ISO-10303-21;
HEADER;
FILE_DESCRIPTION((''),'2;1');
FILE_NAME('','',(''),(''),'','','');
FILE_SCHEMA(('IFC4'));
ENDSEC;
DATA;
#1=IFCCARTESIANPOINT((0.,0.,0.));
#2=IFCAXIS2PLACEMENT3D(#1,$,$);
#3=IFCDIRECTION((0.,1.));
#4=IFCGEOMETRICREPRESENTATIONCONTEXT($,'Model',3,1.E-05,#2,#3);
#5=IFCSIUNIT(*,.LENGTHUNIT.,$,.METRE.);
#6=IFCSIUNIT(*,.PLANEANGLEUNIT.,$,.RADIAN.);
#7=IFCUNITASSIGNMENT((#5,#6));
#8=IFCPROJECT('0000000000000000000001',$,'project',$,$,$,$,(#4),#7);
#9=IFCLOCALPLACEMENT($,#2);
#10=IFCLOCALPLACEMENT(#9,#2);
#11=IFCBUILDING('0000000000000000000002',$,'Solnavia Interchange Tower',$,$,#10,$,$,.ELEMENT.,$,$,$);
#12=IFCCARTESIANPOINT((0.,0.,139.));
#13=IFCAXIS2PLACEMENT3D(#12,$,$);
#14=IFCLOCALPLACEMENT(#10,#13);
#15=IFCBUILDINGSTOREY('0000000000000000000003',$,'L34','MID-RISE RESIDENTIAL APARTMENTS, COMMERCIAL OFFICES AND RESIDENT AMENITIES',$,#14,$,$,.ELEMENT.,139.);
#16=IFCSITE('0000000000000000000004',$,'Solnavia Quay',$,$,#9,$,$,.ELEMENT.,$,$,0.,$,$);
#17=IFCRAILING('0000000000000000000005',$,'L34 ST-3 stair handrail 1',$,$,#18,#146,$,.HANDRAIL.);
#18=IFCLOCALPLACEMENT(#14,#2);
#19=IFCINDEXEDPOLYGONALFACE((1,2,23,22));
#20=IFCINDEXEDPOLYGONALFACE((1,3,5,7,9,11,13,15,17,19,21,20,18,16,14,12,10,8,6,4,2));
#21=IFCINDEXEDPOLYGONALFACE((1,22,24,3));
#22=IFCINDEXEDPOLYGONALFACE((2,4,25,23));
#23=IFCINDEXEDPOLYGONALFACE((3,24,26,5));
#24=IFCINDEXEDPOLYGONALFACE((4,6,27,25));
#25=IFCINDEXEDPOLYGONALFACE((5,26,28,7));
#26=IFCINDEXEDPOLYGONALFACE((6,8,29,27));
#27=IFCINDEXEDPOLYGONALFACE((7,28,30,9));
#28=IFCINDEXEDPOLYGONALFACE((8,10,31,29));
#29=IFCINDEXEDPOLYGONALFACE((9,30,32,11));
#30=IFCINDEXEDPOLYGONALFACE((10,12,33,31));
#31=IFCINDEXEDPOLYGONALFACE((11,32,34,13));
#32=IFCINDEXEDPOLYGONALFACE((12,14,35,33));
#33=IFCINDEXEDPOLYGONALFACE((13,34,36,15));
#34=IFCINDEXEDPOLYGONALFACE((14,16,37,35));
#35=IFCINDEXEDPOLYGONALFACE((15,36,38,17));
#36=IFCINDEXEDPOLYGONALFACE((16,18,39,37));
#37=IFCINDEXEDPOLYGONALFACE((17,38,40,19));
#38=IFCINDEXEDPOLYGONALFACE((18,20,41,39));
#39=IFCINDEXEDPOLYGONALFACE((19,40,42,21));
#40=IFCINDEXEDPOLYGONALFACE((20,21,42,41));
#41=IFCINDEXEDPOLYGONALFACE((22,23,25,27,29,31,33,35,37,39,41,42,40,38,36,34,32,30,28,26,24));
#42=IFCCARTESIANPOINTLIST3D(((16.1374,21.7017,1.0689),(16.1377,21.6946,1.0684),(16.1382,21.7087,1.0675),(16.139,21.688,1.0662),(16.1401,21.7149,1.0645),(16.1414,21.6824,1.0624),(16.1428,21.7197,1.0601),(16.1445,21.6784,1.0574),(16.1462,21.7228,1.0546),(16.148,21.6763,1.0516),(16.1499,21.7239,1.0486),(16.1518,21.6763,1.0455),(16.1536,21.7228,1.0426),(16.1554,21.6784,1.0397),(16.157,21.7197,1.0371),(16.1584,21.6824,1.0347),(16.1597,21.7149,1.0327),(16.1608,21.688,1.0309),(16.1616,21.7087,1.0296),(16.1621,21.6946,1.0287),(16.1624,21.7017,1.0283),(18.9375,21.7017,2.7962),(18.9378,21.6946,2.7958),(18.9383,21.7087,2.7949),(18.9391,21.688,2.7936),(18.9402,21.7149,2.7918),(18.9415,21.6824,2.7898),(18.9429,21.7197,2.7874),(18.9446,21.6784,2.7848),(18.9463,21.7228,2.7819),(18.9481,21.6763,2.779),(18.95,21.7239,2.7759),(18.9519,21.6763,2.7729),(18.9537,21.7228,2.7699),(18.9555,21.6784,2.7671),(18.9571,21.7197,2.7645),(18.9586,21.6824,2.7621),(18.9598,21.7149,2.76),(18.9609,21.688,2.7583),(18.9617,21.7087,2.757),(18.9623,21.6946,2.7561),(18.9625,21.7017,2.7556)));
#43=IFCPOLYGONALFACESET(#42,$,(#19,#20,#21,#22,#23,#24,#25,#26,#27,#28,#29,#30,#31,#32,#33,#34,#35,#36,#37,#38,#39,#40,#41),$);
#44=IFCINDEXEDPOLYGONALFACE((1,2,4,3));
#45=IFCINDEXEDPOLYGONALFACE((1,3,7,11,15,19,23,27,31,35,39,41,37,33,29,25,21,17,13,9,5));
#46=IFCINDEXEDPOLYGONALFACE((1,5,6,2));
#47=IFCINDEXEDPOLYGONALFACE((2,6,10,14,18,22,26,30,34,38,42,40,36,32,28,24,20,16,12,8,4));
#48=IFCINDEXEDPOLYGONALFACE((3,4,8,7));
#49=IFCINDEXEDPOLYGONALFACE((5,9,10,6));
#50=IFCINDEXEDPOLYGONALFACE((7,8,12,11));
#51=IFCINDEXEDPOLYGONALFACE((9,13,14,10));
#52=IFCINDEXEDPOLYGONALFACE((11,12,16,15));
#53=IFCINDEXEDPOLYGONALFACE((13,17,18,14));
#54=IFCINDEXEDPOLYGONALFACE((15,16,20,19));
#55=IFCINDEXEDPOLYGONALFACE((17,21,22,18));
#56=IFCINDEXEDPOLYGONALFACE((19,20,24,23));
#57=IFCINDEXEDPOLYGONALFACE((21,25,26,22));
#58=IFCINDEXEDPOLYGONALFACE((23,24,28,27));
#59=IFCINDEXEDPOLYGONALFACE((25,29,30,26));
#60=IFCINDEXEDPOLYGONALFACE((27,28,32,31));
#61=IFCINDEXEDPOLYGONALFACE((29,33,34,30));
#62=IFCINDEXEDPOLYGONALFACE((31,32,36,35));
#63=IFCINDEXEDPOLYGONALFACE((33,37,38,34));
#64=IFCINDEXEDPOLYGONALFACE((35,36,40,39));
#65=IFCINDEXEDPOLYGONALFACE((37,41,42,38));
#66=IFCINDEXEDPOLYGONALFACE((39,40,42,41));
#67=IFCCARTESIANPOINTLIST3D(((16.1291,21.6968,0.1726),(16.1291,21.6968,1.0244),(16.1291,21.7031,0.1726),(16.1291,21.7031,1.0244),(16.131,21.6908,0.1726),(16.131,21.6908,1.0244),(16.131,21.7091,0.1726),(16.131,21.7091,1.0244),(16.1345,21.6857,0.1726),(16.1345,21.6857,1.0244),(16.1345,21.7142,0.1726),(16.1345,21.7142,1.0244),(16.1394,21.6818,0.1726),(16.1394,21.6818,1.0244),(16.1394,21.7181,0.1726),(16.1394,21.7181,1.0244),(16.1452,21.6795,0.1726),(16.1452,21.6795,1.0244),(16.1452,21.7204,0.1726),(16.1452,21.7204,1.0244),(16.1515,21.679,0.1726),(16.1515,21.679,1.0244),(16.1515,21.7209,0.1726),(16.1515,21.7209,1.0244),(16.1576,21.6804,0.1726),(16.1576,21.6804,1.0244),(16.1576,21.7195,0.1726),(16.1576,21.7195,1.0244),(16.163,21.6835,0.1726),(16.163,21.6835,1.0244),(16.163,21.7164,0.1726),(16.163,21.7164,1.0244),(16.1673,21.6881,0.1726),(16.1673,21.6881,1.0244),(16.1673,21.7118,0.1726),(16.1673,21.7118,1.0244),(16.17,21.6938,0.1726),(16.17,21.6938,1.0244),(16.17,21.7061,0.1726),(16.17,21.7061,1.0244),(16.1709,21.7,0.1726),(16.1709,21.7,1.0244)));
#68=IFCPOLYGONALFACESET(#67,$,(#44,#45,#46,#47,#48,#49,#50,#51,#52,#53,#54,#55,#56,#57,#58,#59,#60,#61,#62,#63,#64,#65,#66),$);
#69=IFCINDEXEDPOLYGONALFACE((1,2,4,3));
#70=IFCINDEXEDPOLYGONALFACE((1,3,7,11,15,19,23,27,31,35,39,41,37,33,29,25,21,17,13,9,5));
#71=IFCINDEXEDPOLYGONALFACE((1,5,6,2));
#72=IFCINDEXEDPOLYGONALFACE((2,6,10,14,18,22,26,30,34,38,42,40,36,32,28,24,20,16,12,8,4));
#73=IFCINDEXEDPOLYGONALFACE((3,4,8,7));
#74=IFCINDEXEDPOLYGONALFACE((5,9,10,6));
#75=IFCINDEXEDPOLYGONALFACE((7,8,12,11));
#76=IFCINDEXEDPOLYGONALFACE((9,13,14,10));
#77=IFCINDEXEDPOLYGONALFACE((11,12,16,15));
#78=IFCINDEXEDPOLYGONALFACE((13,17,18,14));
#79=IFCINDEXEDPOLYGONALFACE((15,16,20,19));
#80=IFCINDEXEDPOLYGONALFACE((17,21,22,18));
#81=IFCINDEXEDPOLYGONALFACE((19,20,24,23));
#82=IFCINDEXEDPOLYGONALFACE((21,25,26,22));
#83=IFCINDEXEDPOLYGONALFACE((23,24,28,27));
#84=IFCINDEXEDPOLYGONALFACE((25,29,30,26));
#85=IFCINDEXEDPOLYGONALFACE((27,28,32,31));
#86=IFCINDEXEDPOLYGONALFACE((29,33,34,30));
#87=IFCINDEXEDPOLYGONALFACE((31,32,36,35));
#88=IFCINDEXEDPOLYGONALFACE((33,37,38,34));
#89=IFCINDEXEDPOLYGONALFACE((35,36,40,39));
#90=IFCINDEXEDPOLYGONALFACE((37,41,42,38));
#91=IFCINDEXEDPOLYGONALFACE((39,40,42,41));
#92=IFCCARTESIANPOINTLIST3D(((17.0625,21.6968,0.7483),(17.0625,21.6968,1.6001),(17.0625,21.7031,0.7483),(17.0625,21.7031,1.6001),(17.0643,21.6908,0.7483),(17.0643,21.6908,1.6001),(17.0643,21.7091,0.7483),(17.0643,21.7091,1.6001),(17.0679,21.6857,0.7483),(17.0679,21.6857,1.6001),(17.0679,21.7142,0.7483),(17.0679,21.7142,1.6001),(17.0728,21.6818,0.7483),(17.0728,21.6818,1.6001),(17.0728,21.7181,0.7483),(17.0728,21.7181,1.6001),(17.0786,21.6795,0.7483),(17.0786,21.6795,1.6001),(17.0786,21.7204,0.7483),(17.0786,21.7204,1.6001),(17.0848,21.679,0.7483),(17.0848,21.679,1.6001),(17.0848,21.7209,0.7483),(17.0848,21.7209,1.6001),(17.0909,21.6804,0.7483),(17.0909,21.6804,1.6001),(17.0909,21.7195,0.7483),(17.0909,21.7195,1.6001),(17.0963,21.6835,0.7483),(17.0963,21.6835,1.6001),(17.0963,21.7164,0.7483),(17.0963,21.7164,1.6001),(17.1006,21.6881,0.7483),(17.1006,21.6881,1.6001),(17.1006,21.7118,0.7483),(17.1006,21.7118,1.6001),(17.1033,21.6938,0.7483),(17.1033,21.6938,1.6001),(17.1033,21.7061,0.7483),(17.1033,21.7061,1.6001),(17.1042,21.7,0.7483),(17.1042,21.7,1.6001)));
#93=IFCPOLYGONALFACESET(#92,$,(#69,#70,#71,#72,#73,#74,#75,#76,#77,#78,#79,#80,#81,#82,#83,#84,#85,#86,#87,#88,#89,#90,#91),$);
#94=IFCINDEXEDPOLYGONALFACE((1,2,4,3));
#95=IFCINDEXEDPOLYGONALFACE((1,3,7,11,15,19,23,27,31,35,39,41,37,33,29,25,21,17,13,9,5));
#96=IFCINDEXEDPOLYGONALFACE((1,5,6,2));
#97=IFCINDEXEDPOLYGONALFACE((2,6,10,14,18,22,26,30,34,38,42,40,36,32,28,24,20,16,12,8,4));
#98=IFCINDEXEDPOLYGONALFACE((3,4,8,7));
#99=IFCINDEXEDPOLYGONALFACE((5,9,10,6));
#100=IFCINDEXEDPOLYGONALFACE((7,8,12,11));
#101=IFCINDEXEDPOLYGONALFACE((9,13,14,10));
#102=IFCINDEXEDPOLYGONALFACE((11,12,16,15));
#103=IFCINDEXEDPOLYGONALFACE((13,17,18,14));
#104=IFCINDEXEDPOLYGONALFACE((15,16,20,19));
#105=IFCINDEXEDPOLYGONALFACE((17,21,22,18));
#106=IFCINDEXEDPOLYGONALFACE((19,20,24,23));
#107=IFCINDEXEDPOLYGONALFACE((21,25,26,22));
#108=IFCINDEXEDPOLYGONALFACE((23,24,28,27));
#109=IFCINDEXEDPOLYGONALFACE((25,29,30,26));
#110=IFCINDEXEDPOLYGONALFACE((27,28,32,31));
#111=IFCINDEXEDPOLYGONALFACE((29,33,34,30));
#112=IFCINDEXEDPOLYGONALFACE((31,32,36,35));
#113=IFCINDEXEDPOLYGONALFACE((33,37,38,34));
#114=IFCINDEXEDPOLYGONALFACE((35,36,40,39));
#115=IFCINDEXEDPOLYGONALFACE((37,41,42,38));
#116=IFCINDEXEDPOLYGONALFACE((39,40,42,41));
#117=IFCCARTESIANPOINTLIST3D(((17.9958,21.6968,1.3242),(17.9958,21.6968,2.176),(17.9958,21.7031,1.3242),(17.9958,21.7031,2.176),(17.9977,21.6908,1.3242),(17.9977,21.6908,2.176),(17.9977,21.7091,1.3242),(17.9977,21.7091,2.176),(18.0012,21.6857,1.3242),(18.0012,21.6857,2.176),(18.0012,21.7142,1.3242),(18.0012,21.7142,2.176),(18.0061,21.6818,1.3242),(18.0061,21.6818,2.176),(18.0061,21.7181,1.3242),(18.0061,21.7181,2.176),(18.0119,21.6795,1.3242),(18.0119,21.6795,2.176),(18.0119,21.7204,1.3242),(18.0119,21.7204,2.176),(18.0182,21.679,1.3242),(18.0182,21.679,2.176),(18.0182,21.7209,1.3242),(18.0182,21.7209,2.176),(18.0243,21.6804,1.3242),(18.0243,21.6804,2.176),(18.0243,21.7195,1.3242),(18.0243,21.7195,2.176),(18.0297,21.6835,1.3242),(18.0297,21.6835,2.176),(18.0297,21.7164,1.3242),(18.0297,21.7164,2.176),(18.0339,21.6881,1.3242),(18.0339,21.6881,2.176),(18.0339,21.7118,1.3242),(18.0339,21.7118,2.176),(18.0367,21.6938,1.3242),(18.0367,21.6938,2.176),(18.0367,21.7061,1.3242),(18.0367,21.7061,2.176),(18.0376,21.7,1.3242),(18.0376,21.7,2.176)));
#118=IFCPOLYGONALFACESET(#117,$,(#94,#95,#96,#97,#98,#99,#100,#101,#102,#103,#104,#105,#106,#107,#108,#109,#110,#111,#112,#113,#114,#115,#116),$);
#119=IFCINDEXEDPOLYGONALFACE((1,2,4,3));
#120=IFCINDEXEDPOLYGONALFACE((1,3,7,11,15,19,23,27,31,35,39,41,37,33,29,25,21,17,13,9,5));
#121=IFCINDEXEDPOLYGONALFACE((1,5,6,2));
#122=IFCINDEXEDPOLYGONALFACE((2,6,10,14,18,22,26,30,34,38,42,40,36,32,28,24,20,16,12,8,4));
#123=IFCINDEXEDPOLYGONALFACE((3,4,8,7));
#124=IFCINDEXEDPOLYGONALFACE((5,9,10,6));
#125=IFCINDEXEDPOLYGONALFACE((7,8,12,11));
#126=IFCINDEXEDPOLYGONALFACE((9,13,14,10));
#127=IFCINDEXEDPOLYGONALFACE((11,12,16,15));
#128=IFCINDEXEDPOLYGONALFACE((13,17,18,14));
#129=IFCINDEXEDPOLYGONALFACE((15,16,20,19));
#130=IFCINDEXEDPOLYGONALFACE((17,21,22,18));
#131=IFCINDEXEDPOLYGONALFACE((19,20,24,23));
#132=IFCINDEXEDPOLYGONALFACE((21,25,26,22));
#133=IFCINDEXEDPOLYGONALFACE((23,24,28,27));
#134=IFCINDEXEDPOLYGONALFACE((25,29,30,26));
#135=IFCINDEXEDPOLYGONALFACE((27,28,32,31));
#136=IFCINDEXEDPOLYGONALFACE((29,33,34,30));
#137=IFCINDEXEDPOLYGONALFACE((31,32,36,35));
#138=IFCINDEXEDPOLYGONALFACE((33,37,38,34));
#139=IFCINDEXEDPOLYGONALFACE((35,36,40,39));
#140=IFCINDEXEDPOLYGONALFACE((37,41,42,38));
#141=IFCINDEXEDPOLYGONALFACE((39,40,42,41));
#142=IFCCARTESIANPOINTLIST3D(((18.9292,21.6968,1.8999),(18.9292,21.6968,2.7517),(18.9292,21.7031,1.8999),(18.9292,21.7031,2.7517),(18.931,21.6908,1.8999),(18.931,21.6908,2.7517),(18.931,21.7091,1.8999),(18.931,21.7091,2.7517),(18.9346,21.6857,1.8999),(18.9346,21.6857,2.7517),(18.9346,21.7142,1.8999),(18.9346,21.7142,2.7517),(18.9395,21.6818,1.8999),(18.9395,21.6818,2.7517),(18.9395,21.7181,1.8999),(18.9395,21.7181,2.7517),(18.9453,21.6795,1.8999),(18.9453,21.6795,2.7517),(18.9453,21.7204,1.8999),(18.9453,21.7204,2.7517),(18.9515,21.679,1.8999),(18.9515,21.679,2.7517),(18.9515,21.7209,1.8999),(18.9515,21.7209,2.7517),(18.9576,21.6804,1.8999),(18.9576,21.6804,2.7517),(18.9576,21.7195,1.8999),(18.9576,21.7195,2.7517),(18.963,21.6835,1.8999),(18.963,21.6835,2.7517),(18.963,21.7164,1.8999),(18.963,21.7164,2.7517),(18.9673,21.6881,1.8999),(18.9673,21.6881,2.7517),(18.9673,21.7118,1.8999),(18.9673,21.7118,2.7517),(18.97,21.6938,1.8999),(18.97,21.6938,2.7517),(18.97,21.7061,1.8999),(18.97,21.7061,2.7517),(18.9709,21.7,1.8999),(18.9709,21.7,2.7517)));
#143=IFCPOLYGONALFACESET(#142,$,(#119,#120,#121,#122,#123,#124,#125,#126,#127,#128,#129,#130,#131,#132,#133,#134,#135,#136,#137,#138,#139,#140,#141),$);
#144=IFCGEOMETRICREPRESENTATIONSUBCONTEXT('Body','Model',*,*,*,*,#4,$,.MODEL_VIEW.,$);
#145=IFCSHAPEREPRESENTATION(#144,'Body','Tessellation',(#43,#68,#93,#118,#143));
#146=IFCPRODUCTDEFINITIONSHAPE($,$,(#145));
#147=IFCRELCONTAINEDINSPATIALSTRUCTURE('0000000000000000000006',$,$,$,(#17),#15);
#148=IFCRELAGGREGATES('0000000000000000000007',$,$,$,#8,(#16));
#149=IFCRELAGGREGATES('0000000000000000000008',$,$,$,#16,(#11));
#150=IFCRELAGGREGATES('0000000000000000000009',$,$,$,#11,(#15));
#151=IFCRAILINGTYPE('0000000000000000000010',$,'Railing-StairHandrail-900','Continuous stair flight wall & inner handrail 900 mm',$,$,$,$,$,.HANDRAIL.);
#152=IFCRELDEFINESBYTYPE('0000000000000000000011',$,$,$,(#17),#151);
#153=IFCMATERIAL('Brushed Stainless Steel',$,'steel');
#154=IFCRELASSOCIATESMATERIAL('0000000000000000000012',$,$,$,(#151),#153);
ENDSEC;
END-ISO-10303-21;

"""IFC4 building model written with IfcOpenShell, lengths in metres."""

from ifc_helpers import new_model, si_unit, direction, frame, origin, origin_2d, place, context, subcontext, project, spatial, circle, extrude, material, type_object, element, save


model = new_model("IFC4")

# Units and contexts
model_context = context("Model", 3, precision=1e-05, world=origin(), true_north=direction((0.0, 1.0)))
body_context = subcontext(model_context, "Body", "Model", "MODEL_VIEW")
ifc_project = project(units=[si_unit("LENGTHUNIT", "METRE"), si_unit("PLANEANGLEUNIT", "RADIAN")], contexts=[model_context])

# Site, building, storey
site_placement = place(None, origin())
site = spatial("IfcSite", under=ifc_project, at=site_placement, Name="Solnavia Quay", CompositionType="ELEMENT", RefElevation=0.0)
building_placement = place(site_placement, origin())
building = spatial("IfcBuilding", under=site, at=building_placement, Name="Solnavia Interchange Tower", CompositionType="ELEMENT")
storey_placement = place(building_placement, frame((0.0, 0.0, 139.0)))
storey = spatial("IfcBuildingStorey", under=building, at=storey_placement, Name="L34", Description="MID-RISE RESIDENTIAL APARTMENTS, COMMERCIAL OFFICES AND RESIDENT AMENITIES", CompositionType="ELEMENT", Elevation=139.0)

# Railing
ifc_material_1 = material(Name="Brushed Stainless Steel", Category="steel")
railing_type_1 = type_object("IfcRailingType", Name="Railing-StairHandrail-900", Description="Continuous stair flight wall & inner handrail 900 mm", PredefinedType="HANDRAIL", material=ifc_material_1)
railing_1_placement = place(storey_placement, frame((16.1499, 21.7, 0.1726)))
element("IfcRailing", 1, at=railing_1_placement, inside=storey, type_object=railing_type_1, Name="L34 ST-3 stair handrail 1", PredefinedType="HANDRAIL", context=body_context, shape_type="SweptSolid", body=[
    extrude(circle(Radius=0.0239, at=origin_2d()), frame((0.0, 0.0, 0.876), z_axis=(0.85109, 0.0, 0.52502), x_axis=(0.0, 1.0, 0.0)), (0.0, 0.0, 1.0), 3.29),
    extrude(circle(Radius=0.021, at=origin_2d()), origin(), (0.0, 0.0, 1.0), 0.8518),
    extrude(circle(Radius=0.021, at=origin_2d()), frame((0.9333, 0.0, 0.5757)), (0.0, 0.0, 1.0), 0.8518),
    extrude(circle(Radius=0.021, at=origin_2d()), frame((1.8667, 0.0, 1.1516)), (0.0, 0.0, 1.0), 0.8518),
    extrude(circle(Radius=0.021, at=origin_2d()), frame((2.8, 0.0, 1.7273)), (0.0, 0.0, 1.0), 0.8518),
])

save(model, "model.ifc")
